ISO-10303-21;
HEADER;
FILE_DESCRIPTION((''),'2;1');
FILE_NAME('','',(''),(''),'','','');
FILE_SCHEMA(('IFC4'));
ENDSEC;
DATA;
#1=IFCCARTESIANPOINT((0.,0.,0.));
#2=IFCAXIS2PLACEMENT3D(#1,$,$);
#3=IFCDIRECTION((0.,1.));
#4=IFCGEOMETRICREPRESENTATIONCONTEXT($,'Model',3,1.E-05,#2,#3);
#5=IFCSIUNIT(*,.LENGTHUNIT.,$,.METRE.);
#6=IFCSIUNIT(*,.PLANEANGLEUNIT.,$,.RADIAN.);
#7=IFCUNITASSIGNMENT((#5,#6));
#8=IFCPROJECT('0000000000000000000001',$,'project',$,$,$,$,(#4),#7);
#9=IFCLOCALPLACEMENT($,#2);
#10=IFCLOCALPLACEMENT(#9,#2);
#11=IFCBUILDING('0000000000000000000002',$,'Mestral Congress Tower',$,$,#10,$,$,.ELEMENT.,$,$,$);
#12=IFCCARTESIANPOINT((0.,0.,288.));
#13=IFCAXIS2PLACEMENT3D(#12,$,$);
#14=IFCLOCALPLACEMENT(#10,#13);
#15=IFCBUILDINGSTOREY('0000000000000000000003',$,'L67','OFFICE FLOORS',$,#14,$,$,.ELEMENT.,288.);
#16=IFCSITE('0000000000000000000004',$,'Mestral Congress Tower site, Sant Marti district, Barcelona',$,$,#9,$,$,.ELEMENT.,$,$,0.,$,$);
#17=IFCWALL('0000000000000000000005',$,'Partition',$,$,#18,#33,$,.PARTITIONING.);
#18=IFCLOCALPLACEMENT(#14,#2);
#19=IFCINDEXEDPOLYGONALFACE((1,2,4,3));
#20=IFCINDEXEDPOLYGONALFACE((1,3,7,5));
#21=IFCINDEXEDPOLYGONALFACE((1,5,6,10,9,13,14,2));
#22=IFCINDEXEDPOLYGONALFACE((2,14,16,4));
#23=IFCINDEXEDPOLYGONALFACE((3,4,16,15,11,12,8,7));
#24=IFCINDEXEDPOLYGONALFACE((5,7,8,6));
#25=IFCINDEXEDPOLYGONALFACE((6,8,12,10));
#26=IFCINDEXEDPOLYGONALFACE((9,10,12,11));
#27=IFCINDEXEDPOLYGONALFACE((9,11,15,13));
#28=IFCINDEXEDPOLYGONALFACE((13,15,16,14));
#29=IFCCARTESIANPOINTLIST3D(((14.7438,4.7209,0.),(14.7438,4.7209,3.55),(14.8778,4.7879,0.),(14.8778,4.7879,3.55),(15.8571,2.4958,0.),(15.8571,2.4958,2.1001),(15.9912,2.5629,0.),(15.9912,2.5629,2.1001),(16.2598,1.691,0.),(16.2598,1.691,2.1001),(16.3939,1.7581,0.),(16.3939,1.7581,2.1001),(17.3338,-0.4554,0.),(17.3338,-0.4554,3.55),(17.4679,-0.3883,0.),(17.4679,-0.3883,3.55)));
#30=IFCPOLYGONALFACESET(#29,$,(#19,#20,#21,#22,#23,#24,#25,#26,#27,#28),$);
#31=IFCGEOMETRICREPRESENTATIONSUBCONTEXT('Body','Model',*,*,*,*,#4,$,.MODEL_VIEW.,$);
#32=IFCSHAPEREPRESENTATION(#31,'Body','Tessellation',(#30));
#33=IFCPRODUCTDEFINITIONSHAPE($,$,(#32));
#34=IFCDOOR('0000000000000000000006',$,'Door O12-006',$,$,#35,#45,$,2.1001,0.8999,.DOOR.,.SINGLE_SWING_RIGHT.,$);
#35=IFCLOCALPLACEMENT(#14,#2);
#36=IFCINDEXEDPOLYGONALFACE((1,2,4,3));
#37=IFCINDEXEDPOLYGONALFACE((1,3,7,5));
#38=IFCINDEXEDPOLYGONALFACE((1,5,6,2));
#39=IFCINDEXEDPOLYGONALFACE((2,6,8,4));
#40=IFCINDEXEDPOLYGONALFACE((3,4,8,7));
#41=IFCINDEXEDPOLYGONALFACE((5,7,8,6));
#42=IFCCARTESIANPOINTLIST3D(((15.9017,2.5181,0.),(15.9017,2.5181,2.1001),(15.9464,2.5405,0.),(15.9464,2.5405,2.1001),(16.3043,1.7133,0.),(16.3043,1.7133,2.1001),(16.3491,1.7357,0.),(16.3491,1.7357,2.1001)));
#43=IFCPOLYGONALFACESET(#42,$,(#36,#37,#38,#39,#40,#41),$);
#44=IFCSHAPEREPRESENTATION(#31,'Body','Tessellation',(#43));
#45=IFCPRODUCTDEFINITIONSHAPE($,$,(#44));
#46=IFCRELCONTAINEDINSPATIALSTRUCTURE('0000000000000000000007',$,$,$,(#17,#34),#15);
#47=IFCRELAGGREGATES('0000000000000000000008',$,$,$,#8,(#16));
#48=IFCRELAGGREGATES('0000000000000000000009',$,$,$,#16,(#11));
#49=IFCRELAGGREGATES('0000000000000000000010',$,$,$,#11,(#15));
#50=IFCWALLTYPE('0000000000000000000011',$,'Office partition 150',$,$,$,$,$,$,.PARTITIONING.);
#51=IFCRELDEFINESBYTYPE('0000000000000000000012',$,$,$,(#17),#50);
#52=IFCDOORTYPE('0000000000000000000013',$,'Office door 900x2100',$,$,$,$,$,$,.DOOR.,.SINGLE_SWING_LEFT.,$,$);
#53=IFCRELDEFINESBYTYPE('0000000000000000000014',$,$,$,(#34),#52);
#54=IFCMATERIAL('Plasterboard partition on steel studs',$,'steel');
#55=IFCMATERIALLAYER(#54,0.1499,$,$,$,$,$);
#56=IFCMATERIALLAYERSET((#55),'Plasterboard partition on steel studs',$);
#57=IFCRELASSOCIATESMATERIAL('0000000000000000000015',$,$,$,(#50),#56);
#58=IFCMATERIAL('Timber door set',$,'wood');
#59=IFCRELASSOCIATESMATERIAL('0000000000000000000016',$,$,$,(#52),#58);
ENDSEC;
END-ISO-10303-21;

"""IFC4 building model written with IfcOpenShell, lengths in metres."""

from ifc_helpers import new_model, si_unit, direction, frame, frame_2d, origin, place, context, subcontext, project, spatial, rectangle, extrude, material, layer, layer_set, type_object, element, fill, save


model = new_model("IFC4")

# Units and contexts
model_context = context("Model", 3, precision=1e-05, world=origin(), true_north=direction((0.0, 1.0)))
body_context = subcontext(model_context, "Body", "Model", "MODEL_VIEW")
ifc_project = project(units=[si_unit("LENGTHUNIT", "METRE"), si_unit("PLANEANGLEUNIT", "RADIAN")], contexts=[model_context])

# Site, building, storey
site_placement = place(None, origin())
site = spatial("IfcSite", under=ifc_project, at=site_placement, Name="Mestral Congress Tower site, Sant Marti district, Barcelona", CompositionType="ELEMENT", RefElevation=0.0)
building_placement = place(site_placement, origin())
building = spatial("IfcBuilding", under=site, at=building_placement, Name="Mestral Congress Tower", CompositionType="ELEMENT")
storey_placement = place(building_placement, frame((0.0, 0.0, 288.0)))
storey = spatial("IfcBuildingStorey", under=building, at=storey_placement, Name="L67", Description="OFFICE FLOORS", CompositionType="ELEMENT", Elevation=288.0)

# Shared definitions
ifc_material_1 = material(Name="Plasterboard partition on steel studs", Category="steel")
ifc_layer_1 = layer(ifc_material_1, 0.1499)
ifc_layer_set_1 = layer_set([ifc_layer_1], Name="Plasterboard partition on steel studs")
wall_type_1 = type_object("IfcWallType", Name="Office partition 150", PredefinedType="PARTITIONING", material=ifc_layer_set_1)

# Wall, opening, door
wall_1_placement = place(storey_placement, frame((14.8108, 4.7544, 0.0), z_axis=(0.0, 0.0, 1.0), x_axis=(0.447484, -0.894292, 0.0)))
wall_1 = element("IfcWall", 1, at=wall_1_placement, inside=storey, type_object=wall_type_1, Name="Partition", PredefinedType="PARTITIONING", context=body_context, shape_type="SweptSolid", body=[
    extrude(rectangle(XDim=5.7881, YDim=0.1499, at=frame_2d((2.894, 0.0))), origin(), (0.0, 0.0, 1.0), 3.55),
])
opening_1_placement = place(wall_1_placement, frame((2.488, 0.0, 0.0)))
opening_1 = element("IfcOpeningElement", 2, at=opening_1_placement, cuts=wall_1, PredefinedType="OPENING", context=body_context, shape_type="SweptSolid", body=[
    extrude(rectangle(XDim=0.8999, YDim=2.1001, at=frame_2d((0.45, 1.05))), frame((0.0, 0.085, 0.0), z_axis=(0.0, -1.0, 0.0), x_axis=(1.0, 0.0, 0.0)), (0.0, 0.0, 1.0), 0.1699),
])
ifc_material_2 = material(Name="Timber door set", Category="wood")
door_type = type_object("IfcDoorType", Name="Office door 900x2100", OperationType="SINGLE_SWING_LEFT", PredefinedType="DOOR", material=ifc_material_2)
door_placement = place(opening_1_placement, origin())
door = element("IfcDoor", 3, at=door_placement, inside=storey, type_object=door_type, Name="Door O12-006", OperationType="SINGLE_SWING_RIGHT", OverallHeight=2.1001, OverallWidth=0.8999, PredefinedType="DOOR", context=body_context, shape_type="SweptSolid", body=[
    extrude(rectangle(XDim=0.8999, YDim=2.1001, at=frame_2d((0.45, 1.05))), frame((0.0, 0.0249, 0.0), z_axis=(0.0, -1.0, 0.0), x_axis=(1.0, 0.0, 0.0)), (0.0, 0.0, 1.0), 0.05),
])
fill(opening_1, door)

save(model, "model.ifc")
